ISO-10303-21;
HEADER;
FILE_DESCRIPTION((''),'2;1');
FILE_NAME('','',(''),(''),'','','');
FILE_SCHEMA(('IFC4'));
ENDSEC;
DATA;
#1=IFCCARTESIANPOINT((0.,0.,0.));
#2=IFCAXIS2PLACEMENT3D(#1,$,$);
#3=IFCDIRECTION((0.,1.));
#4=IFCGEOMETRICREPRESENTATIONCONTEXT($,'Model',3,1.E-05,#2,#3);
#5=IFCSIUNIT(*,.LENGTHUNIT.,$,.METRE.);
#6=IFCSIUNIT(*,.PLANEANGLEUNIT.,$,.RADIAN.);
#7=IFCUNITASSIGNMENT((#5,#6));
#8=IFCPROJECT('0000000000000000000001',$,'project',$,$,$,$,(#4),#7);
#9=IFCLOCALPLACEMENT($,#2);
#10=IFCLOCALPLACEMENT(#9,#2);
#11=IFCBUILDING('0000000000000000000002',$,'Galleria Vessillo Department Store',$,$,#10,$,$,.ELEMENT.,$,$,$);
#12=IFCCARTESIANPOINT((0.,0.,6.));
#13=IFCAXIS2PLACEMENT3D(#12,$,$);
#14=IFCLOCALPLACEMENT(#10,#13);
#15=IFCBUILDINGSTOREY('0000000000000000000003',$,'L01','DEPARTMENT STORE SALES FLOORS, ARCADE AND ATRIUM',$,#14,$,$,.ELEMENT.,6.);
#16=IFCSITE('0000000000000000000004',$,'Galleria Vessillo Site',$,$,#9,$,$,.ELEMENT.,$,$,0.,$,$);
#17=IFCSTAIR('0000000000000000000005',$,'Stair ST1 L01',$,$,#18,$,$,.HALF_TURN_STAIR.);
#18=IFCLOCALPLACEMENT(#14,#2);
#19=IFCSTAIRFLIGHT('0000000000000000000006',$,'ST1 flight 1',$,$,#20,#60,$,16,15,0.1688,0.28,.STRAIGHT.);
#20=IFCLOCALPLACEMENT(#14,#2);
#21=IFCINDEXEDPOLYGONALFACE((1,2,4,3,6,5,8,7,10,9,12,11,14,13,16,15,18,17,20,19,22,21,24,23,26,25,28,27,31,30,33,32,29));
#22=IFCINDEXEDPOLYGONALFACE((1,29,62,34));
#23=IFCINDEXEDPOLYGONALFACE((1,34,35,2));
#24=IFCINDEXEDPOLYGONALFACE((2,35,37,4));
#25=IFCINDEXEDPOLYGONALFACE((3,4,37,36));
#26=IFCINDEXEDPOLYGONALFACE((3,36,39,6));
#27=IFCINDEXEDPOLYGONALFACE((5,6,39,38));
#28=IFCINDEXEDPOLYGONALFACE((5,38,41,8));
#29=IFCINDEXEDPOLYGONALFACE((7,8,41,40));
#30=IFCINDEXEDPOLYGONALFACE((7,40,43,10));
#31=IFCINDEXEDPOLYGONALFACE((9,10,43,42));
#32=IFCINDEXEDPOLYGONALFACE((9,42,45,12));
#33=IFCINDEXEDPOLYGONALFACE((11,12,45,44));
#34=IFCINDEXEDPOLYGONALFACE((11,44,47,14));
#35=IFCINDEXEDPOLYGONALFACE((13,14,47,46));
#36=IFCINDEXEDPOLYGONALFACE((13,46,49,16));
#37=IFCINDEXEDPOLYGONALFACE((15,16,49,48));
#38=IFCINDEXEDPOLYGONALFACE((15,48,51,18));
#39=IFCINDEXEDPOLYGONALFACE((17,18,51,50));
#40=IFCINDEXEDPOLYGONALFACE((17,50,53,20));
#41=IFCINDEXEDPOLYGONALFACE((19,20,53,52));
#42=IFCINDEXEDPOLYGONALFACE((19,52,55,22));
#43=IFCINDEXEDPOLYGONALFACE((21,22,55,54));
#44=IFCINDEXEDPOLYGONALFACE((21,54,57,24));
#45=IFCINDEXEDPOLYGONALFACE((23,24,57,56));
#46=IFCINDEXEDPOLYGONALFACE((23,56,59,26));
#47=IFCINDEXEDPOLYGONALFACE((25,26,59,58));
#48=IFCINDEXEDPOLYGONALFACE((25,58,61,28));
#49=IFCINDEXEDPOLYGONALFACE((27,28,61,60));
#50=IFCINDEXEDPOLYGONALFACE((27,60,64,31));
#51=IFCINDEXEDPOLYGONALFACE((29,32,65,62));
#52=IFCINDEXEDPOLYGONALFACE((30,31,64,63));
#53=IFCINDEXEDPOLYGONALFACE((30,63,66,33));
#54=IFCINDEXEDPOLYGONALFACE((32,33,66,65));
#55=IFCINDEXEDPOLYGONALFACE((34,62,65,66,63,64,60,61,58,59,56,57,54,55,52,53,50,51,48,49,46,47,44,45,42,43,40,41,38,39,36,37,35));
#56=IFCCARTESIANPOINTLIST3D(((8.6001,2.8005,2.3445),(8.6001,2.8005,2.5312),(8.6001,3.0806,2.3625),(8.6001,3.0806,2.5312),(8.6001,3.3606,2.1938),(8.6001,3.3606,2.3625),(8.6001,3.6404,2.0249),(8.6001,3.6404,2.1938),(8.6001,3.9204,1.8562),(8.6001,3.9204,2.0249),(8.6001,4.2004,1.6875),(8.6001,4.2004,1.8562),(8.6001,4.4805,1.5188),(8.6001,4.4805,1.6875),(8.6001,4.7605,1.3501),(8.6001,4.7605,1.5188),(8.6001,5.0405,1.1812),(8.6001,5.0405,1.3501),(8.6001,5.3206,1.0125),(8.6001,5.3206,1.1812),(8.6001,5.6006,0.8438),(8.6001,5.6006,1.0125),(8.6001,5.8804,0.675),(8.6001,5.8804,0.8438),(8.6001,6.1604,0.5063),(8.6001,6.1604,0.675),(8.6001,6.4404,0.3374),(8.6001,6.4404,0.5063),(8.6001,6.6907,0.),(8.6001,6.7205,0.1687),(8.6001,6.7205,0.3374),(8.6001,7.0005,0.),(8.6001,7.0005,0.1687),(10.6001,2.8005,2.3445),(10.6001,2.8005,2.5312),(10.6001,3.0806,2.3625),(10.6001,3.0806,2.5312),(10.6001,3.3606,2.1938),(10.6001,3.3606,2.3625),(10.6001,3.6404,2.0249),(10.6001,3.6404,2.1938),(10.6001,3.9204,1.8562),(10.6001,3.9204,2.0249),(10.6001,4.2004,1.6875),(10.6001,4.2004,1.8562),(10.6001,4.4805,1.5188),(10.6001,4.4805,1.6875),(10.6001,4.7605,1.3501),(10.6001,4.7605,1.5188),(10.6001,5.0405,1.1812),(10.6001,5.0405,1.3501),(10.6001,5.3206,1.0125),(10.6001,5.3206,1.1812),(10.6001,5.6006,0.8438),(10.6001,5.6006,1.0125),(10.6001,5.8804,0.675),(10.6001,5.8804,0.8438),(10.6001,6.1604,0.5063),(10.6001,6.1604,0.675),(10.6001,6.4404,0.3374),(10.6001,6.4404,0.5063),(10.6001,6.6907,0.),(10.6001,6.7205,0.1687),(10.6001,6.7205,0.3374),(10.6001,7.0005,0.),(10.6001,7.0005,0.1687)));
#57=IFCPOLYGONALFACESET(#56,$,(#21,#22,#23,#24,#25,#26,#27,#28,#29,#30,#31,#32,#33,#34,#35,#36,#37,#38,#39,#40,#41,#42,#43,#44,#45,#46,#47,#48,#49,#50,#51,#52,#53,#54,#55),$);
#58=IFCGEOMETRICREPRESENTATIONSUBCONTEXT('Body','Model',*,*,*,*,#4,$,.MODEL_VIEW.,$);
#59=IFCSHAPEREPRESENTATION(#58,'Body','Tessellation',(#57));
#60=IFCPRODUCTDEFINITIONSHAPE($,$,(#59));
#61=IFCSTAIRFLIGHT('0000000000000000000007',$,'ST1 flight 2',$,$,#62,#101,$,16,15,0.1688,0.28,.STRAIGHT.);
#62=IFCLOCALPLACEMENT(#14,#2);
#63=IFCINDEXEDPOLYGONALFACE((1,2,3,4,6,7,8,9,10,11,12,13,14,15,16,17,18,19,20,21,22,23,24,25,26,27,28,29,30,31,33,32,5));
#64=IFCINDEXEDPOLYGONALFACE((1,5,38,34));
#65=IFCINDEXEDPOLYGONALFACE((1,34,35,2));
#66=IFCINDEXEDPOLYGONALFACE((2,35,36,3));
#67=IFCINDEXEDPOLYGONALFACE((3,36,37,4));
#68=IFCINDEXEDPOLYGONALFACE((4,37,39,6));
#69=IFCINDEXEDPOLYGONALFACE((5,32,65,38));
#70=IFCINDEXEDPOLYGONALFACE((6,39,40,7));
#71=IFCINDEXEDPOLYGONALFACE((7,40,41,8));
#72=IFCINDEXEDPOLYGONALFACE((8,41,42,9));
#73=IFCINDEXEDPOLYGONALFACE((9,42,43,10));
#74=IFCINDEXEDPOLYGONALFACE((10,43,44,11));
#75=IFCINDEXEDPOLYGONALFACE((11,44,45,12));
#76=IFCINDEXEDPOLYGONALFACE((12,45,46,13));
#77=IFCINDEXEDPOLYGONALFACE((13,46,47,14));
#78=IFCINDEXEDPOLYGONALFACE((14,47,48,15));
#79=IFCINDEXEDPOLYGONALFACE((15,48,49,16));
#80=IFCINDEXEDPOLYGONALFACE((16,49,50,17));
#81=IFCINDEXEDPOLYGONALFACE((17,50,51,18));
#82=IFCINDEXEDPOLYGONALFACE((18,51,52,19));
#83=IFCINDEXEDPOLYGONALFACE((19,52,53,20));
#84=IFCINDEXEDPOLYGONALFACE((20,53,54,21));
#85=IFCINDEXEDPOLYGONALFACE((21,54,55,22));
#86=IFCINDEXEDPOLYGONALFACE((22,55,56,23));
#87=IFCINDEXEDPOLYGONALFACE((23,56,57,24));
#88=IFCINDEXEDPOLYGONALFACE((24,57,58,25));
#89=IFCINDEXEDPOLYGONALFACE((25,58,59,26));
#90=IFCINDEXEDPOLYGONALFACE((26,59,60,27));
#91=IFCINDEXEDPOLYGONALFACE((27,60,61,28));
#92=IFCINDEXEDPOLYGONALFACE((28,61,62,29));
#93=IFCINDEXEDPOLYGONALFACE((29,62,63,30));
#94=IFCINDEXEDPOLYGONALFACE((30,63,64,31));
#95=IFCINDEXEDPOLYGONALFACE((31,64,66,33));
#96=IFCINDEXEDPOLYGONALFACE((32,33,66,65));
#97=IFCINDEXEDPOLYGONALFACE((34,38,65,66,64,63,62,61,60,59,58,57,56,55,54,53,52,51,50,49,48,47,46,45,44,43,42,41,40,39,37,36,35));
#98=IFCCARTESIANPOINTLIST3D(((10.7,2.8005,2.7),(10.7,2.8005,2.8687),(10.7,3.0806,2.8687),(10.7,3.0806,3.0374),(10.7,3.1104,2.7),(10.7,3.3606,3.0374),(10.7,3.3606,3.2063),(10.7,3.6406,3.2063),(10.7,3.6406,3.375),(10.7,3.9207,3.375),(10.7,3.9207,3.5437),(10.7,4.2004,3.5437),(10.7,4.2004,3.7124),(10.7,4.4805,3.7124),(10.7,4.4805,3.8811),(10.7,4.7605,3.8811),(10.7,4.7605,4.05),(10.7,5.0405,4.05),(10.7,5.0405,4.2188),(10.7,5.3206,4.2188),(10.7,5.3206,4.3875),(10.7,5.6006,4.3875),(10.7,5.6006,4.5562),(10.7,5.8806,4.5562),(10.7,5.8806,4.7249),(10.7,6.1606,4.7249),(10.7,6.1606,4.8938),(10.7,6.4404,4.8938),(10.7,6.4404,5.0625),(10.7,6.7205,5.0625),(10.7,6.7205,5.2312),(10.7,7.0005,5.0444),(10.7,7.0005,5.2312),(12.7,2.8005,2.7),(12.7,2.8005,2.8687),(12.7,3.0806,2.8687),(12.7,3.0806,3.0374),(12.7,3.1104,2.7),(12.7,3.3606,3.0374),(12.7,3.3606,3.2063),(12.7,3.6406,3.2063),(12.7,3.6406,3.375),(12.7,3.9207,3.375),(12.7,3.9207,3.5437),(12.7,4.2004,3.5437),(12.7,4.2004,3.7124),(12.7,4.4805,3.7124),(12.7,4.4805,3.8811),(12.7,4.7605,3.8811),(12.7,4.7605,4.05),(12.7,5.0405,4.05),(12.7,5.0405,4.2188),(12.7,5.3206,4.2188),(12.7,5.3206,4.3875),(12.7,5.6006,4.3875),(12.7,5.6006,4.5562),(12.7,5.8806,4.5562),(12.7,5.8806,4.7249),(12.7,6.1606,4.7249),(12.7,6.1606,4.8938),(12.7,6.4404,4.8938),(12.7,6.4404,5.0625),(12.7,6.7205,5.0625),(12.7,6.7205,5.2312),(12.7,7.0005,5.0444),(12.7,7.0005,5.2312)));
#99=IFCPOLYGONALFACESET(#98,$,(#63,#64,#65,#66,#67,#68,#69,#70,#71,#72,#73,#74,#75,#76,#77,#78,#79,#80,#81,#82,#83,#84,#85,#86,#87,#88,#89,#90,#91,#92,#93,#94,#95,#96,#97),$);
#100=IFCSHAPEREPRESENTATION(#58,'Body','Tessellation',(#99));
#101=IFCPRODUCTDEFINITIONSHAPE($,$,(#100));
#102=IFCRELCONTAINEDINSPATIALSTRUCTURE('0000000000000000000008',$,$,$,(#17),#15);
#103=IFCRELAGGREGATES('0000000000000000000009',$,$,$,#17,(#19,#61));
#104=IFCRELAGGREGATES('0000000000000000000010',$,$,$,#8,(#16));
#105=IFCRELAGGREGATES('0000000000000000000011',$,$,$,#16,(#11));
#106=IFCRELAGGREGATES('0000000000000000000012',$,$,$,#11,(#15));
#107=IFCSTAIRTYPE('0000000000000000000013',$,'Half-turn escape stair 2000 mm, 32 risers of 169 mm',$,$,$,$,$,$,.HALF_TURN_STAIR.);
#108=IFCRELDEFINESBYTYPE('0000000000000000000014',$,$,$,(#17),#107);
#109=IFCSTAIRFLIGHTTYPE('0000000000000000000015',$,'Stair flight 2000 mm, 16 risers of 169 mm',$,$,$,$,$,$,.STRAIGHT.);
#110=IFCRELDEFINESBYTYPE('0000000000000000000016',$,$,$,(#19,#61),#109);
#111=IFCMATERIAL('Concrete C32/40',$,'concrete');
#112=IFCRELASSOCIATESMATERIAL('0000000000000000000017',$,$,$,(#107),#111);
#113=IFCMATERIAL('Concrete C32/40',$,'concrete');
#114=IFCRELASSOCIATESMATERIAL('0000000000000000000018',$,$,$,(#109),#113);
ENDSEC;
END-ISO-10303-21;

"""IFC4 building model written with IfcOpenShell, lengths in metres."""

from ifc_helpers import new_model, si_unit, direction, frame, origin, place, context, subcontext, project, spatial, polyline, outline, extrude, material, type_object, element, aggregate, save


model = new_model("IFC4")

# Units and contexts
model_context = context("Model", 3, precision=1e-05, world=origin(), true_north=direction((0.0, 1.0)))
body_context = subcontext(model_context, "Body", "Model", "MODEL_VIEW")
ifc_project = project(units=[si_unit("LENGTHUNIT", "METRE"), si_unit("PLANEANGLEUNIT", "RADIAN")], contexts=[model_context])

# Site, building, storey
site_placement = place(None, origin())
site = spatial("IfcSite", under=ifc_project, at=site_placement, Name="Galleria Vessillo Site", CompositionType="ELEMENT", RefElevation=0.0)
building_placement = place(site_placement, origin())
building = spatial("IfcBuilding", under=site, at=building_placement, Name="Galleria Vessillo Department Store", CompositionType="ELEMENT")
storey_placement = place(building_placement, frame((0.0, 0.0, 6.0)))
storey = spatial("IfcBuildingStorey", under=building, at=storey_placement, Name="L01", Description="DEPARTMENT STORE SALES FLOORS, ARCADE AND ATRIUM", CompositionType="ELEMENT", Elevation=6.0)

# Stair, stair flights
ifc_material_1 = material(Name="Concrete C32/40", Category="concrete")
stair_type = type_object("IfcStairType", Name="Half-turn escape stair 2000 mm, 32 risers of 169 mm", PredefinedType="HALF_TURN_STAIR", material=ifc_material_1)
stair_placement = place(storey_placement, origin())
stair = element("IfcStair", 1, at=stair_placement, inside=storey, type_object=stair_type, Name="Stair ST1 L01", PredefinedType="HALF_TURN_STAIR")
ifc_material_2 = material(Name="Concrete C32/40", Category="concrete")
stair_flight_type = type_object("IfcStairFlightType", Name="Stair flight 2000 mm, 16 risers of 169 mm", PredefinedType="STRAIGHT", material=ifc_material_2)
stair_flight_1_placement = place(storey_placement, frame((9.6001, 7.0005, 0.0), z_axis=(0.0, 0.0, 1.0), x_axis=(0.0, -1.0, 0.0)))
stair_flight_1 = element("IfcStairFlight", 2, at=stair_flight_1_placement, type_object=stair_flight_type, Name="ST1 flight 1", NumberOfRisers=16, NumberOfTreads=15, PredefinedType="STRAIGHT", RiserHeight=0.1688, TreadLength=0.28, context=body_context, shape_type="SweptSolid", body=[
    extrude(outline(polyline([(0.0, 0.0), (0.0, 0.1687), (0.28, 0.1687), (0.28, 0.3374), (0.5601, 0.3374), (0.5601, 0.5063), (0.8401, 0.5063), (0.8401, 0.675), (1.1201, 0.675), (1.1201, 0.8438), (1.3999, 0.8438), (1.3999, 1.0125), (1.6799, 1.0125), (1.6799, 1.1812), (1.96, 1.1812), (1.96, 1.3501), (2.24, 1.3501), (2.24, 1.5188), (2.52, 1.5188), (2.52, 1.6875), (2.8, 1.6875), (2.8, 1.8562), (3.0801, 1.8562), (3.0801, 2.0249), (3.3601, 2.0249), (3.3601, 2.1938), (3.6399, 2.1938), (3.6399, 2.3625), (3.9199, 2.3625), (3.9199, 2.5312), (4.2, 2.5312), (4.2, 2.7), (4.2, 2.3445), (0.3098, 0.0), (0.0, 0.0)])), frame((0.0, 1.0, 0.0), z_axis=(0.0, -1.0, 0.0), x_axis=(1.0, 0.0, 0.0)), (0.0, 0.0, 1.0), 2.0),
])
stair_flight_2_placement = place(storey_placement, frame((11.7, 2.8005, 2.7), z_axis=(0.0, 0.0, 1.0), x_axis=(0.0, 1.0, 0.0)))
stair_flight_2 = element("IfcStairFlight", 3, at=stair_flight_2_placement, type_object=stair_flight_type, Name="ST1 flight 2", NumberOfRisers=16, NumberOfTreads=15, PredefinedType="STRAIGHT", RiserHeight=0.1688, TreadLength=0.28, context=body_context, shape_type="SweptSolid", body=[
    extrude(outline(polyline([(0.0, 0.0), (0.0, 0.1687), (0.28, 0.1687), (0.28, 0.3374), (0.5601, 0.3374), (0.5601, 0.5063), (0.8401, 0.5063), (0.8401, 0.675), (1.1201, 0.675), (1.1201, 0.8438), (1.3999, 0.8438), (1.3999, 1.0125), (1.6799, 1.0125), (1.6799, 1.1812), (1.96, 1.1812), (1.96, 1.3501), (2.24, 1.3501), (2.24, 1.5188), (2.52, 1.5188), (2.52, 1.6875), (2.8, 1.6875), (2.8, 1.8562), (3.0801, 1.8562), (3.0801, 2.0249), (3.3601, 2.0249), (3.3601, 2.1938), (3.6399, 2.1938), (3.6399, 2.3625), (3.9199, 2.3625), (3.9199, 2.5312), (4.2, 2.5312), (4.2, 2.7), (4.2, 2.3445), (0.3098, 0.0), (0.0, 0.0)])), frame((0.0, 1.0, 0.0), z_axis=(0.0, -1.0, 0.0), x_axis=(1.0, 0.0, 0.0)), (0.0, 0.0, 1.0), 2.0),
])
aggregate(stair, [stair_flight_1, stair_flight_2])

save(model, "model.ifc")
